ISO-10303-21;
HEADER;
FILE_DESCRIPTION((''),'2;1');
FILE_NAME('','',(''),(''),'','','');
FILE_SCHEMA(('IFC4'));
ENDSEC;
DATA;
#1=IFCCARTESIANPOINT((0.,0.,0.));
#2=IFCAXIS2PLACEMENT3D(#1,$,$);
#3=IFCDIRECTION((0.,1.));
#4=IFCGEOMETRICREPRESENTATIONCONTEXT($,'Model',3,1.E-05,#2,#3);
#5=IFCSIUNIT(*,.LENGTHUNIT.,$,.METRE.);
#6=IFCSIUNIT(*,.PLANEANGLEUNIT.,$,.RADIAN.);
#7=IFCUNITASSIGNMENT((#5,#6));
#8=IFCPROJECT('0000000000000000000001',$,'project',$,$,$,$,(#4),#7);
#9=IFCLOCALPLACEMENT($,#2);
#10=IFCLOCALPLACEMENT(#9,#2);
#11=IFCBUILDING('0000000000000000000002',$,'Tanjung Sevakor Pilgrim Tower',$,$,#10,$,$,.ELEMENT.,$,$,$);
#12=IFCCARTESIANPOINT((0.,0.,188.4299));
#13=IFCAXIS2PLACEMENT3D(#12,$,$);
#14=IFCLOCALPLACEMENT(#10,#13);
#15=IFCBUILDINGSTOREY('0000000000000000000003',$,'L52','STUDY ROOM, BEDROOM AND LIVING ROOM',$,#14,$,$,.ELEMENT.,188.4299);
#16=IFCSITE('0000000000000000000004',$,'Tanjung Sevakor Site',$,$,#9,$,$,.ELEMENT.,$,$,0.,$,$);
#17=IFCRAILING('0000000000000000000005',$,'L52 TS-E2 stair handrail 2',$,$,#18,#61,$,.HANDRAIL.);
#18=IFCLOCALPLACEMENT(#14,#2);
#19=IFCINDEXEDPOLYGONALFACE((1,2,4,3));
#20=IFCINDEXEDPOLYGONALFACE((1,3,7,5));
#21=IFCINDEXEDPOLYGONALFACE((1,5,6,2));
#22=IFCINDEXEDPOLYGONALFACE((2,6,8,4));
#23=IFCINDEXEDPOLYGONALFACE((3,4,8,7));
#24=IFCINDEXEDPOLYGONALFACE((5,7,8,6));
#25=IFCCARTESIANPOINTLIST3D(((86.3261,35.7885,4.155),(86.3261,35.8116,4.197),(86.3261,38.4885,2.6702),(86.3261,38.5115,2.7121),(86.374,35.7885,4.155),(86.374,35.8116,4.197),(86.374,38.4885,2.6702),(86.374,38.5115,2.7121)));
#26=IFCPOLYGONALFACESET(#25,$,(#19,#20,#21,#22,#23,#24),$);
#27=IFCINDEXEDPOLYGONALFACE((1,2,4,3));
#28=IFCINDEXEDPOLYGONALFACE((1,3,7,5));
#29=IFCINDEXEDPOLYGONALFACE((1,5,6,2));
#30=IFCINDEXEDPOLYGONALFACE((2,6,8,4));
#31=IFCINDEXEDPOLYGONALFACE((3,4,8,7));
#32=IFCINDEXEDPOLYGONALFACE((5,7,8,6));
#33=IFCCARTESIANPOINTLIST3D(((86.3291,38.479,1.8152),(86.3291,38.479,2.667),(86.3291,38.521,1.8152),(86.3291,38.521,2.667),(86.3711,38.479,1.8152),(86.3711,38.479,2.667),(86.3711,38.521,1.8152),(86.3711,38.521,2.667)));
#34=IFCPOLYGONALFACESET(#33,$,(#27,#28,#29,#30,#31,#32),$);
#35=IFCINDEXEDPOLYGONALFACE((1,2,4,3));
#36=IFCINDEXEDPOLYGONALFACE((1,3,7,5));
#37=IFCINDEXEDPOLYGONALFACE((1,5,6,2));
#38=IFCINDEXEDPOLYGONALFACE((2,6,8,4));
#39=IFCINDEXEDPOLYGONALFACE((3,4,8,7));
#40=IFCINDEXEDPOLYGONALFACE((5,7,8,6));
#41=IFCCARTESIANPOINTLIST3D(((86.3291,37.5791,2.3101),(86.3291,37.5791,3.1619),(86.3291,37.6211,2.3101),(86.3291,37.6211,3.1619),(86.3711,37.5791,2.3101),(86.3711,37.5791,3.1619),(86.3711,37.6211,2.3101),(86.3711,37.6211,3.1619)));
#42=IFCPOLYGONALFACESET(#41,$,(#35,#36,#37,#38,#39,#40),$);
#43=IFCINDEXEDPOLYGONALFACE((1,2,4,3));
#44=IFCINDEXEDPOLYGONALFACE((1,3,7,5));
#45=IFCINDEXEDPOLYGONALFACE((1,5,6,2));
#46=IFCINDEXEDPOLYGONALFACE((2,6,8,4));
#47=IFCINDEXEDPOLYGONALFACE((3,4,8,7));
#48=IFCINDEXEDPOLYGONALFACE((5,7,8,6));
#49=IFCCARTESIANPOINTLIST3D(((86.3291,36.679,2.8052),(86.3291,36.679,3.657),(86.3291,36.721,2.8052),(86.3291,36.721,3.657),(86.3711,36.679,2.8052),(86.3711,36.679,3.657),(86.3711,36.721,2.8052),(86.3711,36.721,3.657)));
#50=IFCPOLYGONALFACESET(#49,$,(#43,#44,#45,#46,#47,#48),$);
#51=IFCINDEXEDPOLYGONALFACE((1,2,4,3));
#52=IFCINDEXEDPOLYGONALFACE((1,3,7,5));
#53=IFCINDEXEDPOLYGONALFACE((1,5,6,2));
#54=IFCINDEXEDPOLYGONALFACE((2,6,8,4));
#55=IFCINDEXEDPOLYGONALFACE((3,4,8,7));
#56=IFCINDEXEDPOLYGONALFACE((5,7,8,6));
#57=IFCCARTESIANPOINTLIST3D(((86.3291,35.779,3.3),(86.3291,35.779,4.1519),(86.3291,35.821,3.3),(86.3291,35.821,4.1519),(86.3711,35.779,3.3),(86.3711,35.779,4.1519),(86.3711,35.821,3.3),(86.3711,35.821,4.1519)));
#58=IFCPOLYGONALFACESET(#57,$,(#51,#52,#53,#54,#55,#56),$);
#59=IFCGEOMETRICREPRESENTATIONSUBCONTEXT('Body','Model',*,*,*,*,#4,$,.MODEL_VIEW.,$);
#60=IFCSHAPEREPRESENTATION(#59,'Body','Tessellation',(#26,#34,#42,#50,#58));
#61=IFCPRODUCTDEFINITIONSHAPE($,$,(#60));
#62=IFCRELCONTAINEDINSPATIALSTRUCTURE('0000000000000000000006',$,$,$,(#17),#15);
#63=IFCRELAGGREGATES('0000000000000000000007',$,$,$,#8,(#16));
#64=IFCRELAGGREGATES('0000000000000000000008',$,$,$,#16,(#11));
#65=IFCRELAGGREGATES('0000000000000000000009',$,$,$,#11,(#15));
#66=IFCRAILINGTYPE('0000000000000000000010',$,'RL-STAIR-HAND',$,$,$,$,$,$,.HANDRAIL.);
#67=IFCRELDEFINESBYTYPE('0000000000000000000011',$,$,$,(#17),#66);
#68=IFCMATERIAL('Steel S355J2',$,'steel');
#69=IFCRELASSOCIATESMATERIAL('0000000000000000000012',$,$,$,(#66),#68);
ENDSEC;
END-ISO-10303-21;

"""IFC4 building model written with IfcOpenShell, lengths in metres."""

from ifc_helpers import new_model, si_unit, direction, frame, origin, place, context, subcontext, project, spatial, rectangle, extrude, material, type_object, element, save


model = new_model("IFC4")

# Units and contexts
model_context = context("Model", 3, precision=1e-05, world=origin(), true_north=direction((0.0, 1.0)))
body_context = subcontext(model_context, "Body", "Model", "MODEL_VIEW")
ifc_project = project(units=[si_unit("LENGTHUNIT", "METRE"), si_unit("PLANEANGLEUNIT", "RADIAN")], contexts=[model_context])

# Site, building, storey
site_placement = place(None, origin())
site = spatial("IfcSite", under=ifc_project, at=site_placement, Name="Tanjung Sevakor Site", CompositionType="ELEMENT", RefElevation=0.0)
building_placement = place(site_placement, origin())
building = spatial("IfcBuilding", under=site, at=building_placement, Name="Tanjung Sevakor Pilgrim Tower", CompositionType="ELEMENT")
storey_placement = place(building_placement, frame((0.0, 0.0, 188.4299)))
storey = spatial("IfcBuildingStorey", under=building, at=storey_placement, Name="L52", Description="STUDY ROOM, BEDROOM AND LIVING ROOM", CompositionType="ELEMENT", Elevation=188.4299)

# Railing
ifc_material_1 = material(Name="Steel S355J2", Category="steel")
railing_type_1 = type_object("IfcRailingType", Name="RL-STAIR-HAND", PredefinedType="HANDRAIL", material=ifc_material_1)
railing_1_placement = place(storey_placement, frame((86.3501, 38.5, 1.8152)))
element("IfcRailing", 1, at=railing_1_placement, inside=storey, type_object=railing_type_1, Name="L52 TS-E2 stair handrail 2", PredefinedType="HANDRAIL", context=body_context, shape_type="SweptSolid", body=[
    extrude(rectangle(XDim=0.0479, YDim=0.0479), frame((0.0, 0.0, 0.876), z_axis=(0.0, -0.876231, 0.481891), x_axis=(1.0, 0.0, 0.0)), (0.0, 0.0, 1.0), 3.0813),
    extrude(rectangle(XDim=0.042, YDim=0.042), origin(), (0.0, 0.0, 1.0), 0.8518),
    extrude(rectangle(XDim=0.042, YDim=0.042), frame((0.0, -0.8999, 0.4949)), (0.0, 0.0, 1.0), 0.8518),
    extrude(rectangle(XDim=0.042, YDim=0.042), frame((0.0, -1.8, 0.99)), (0.0, 0.0, 1.0), 0.8518),
    extrude(rectangle(XDim=0.042, YDim=0.042), frame((0.0, -2.7, 1.4849)), (0.0, 0.0, 1.0), 0.8518),
])

save(model, "model.ifc")
